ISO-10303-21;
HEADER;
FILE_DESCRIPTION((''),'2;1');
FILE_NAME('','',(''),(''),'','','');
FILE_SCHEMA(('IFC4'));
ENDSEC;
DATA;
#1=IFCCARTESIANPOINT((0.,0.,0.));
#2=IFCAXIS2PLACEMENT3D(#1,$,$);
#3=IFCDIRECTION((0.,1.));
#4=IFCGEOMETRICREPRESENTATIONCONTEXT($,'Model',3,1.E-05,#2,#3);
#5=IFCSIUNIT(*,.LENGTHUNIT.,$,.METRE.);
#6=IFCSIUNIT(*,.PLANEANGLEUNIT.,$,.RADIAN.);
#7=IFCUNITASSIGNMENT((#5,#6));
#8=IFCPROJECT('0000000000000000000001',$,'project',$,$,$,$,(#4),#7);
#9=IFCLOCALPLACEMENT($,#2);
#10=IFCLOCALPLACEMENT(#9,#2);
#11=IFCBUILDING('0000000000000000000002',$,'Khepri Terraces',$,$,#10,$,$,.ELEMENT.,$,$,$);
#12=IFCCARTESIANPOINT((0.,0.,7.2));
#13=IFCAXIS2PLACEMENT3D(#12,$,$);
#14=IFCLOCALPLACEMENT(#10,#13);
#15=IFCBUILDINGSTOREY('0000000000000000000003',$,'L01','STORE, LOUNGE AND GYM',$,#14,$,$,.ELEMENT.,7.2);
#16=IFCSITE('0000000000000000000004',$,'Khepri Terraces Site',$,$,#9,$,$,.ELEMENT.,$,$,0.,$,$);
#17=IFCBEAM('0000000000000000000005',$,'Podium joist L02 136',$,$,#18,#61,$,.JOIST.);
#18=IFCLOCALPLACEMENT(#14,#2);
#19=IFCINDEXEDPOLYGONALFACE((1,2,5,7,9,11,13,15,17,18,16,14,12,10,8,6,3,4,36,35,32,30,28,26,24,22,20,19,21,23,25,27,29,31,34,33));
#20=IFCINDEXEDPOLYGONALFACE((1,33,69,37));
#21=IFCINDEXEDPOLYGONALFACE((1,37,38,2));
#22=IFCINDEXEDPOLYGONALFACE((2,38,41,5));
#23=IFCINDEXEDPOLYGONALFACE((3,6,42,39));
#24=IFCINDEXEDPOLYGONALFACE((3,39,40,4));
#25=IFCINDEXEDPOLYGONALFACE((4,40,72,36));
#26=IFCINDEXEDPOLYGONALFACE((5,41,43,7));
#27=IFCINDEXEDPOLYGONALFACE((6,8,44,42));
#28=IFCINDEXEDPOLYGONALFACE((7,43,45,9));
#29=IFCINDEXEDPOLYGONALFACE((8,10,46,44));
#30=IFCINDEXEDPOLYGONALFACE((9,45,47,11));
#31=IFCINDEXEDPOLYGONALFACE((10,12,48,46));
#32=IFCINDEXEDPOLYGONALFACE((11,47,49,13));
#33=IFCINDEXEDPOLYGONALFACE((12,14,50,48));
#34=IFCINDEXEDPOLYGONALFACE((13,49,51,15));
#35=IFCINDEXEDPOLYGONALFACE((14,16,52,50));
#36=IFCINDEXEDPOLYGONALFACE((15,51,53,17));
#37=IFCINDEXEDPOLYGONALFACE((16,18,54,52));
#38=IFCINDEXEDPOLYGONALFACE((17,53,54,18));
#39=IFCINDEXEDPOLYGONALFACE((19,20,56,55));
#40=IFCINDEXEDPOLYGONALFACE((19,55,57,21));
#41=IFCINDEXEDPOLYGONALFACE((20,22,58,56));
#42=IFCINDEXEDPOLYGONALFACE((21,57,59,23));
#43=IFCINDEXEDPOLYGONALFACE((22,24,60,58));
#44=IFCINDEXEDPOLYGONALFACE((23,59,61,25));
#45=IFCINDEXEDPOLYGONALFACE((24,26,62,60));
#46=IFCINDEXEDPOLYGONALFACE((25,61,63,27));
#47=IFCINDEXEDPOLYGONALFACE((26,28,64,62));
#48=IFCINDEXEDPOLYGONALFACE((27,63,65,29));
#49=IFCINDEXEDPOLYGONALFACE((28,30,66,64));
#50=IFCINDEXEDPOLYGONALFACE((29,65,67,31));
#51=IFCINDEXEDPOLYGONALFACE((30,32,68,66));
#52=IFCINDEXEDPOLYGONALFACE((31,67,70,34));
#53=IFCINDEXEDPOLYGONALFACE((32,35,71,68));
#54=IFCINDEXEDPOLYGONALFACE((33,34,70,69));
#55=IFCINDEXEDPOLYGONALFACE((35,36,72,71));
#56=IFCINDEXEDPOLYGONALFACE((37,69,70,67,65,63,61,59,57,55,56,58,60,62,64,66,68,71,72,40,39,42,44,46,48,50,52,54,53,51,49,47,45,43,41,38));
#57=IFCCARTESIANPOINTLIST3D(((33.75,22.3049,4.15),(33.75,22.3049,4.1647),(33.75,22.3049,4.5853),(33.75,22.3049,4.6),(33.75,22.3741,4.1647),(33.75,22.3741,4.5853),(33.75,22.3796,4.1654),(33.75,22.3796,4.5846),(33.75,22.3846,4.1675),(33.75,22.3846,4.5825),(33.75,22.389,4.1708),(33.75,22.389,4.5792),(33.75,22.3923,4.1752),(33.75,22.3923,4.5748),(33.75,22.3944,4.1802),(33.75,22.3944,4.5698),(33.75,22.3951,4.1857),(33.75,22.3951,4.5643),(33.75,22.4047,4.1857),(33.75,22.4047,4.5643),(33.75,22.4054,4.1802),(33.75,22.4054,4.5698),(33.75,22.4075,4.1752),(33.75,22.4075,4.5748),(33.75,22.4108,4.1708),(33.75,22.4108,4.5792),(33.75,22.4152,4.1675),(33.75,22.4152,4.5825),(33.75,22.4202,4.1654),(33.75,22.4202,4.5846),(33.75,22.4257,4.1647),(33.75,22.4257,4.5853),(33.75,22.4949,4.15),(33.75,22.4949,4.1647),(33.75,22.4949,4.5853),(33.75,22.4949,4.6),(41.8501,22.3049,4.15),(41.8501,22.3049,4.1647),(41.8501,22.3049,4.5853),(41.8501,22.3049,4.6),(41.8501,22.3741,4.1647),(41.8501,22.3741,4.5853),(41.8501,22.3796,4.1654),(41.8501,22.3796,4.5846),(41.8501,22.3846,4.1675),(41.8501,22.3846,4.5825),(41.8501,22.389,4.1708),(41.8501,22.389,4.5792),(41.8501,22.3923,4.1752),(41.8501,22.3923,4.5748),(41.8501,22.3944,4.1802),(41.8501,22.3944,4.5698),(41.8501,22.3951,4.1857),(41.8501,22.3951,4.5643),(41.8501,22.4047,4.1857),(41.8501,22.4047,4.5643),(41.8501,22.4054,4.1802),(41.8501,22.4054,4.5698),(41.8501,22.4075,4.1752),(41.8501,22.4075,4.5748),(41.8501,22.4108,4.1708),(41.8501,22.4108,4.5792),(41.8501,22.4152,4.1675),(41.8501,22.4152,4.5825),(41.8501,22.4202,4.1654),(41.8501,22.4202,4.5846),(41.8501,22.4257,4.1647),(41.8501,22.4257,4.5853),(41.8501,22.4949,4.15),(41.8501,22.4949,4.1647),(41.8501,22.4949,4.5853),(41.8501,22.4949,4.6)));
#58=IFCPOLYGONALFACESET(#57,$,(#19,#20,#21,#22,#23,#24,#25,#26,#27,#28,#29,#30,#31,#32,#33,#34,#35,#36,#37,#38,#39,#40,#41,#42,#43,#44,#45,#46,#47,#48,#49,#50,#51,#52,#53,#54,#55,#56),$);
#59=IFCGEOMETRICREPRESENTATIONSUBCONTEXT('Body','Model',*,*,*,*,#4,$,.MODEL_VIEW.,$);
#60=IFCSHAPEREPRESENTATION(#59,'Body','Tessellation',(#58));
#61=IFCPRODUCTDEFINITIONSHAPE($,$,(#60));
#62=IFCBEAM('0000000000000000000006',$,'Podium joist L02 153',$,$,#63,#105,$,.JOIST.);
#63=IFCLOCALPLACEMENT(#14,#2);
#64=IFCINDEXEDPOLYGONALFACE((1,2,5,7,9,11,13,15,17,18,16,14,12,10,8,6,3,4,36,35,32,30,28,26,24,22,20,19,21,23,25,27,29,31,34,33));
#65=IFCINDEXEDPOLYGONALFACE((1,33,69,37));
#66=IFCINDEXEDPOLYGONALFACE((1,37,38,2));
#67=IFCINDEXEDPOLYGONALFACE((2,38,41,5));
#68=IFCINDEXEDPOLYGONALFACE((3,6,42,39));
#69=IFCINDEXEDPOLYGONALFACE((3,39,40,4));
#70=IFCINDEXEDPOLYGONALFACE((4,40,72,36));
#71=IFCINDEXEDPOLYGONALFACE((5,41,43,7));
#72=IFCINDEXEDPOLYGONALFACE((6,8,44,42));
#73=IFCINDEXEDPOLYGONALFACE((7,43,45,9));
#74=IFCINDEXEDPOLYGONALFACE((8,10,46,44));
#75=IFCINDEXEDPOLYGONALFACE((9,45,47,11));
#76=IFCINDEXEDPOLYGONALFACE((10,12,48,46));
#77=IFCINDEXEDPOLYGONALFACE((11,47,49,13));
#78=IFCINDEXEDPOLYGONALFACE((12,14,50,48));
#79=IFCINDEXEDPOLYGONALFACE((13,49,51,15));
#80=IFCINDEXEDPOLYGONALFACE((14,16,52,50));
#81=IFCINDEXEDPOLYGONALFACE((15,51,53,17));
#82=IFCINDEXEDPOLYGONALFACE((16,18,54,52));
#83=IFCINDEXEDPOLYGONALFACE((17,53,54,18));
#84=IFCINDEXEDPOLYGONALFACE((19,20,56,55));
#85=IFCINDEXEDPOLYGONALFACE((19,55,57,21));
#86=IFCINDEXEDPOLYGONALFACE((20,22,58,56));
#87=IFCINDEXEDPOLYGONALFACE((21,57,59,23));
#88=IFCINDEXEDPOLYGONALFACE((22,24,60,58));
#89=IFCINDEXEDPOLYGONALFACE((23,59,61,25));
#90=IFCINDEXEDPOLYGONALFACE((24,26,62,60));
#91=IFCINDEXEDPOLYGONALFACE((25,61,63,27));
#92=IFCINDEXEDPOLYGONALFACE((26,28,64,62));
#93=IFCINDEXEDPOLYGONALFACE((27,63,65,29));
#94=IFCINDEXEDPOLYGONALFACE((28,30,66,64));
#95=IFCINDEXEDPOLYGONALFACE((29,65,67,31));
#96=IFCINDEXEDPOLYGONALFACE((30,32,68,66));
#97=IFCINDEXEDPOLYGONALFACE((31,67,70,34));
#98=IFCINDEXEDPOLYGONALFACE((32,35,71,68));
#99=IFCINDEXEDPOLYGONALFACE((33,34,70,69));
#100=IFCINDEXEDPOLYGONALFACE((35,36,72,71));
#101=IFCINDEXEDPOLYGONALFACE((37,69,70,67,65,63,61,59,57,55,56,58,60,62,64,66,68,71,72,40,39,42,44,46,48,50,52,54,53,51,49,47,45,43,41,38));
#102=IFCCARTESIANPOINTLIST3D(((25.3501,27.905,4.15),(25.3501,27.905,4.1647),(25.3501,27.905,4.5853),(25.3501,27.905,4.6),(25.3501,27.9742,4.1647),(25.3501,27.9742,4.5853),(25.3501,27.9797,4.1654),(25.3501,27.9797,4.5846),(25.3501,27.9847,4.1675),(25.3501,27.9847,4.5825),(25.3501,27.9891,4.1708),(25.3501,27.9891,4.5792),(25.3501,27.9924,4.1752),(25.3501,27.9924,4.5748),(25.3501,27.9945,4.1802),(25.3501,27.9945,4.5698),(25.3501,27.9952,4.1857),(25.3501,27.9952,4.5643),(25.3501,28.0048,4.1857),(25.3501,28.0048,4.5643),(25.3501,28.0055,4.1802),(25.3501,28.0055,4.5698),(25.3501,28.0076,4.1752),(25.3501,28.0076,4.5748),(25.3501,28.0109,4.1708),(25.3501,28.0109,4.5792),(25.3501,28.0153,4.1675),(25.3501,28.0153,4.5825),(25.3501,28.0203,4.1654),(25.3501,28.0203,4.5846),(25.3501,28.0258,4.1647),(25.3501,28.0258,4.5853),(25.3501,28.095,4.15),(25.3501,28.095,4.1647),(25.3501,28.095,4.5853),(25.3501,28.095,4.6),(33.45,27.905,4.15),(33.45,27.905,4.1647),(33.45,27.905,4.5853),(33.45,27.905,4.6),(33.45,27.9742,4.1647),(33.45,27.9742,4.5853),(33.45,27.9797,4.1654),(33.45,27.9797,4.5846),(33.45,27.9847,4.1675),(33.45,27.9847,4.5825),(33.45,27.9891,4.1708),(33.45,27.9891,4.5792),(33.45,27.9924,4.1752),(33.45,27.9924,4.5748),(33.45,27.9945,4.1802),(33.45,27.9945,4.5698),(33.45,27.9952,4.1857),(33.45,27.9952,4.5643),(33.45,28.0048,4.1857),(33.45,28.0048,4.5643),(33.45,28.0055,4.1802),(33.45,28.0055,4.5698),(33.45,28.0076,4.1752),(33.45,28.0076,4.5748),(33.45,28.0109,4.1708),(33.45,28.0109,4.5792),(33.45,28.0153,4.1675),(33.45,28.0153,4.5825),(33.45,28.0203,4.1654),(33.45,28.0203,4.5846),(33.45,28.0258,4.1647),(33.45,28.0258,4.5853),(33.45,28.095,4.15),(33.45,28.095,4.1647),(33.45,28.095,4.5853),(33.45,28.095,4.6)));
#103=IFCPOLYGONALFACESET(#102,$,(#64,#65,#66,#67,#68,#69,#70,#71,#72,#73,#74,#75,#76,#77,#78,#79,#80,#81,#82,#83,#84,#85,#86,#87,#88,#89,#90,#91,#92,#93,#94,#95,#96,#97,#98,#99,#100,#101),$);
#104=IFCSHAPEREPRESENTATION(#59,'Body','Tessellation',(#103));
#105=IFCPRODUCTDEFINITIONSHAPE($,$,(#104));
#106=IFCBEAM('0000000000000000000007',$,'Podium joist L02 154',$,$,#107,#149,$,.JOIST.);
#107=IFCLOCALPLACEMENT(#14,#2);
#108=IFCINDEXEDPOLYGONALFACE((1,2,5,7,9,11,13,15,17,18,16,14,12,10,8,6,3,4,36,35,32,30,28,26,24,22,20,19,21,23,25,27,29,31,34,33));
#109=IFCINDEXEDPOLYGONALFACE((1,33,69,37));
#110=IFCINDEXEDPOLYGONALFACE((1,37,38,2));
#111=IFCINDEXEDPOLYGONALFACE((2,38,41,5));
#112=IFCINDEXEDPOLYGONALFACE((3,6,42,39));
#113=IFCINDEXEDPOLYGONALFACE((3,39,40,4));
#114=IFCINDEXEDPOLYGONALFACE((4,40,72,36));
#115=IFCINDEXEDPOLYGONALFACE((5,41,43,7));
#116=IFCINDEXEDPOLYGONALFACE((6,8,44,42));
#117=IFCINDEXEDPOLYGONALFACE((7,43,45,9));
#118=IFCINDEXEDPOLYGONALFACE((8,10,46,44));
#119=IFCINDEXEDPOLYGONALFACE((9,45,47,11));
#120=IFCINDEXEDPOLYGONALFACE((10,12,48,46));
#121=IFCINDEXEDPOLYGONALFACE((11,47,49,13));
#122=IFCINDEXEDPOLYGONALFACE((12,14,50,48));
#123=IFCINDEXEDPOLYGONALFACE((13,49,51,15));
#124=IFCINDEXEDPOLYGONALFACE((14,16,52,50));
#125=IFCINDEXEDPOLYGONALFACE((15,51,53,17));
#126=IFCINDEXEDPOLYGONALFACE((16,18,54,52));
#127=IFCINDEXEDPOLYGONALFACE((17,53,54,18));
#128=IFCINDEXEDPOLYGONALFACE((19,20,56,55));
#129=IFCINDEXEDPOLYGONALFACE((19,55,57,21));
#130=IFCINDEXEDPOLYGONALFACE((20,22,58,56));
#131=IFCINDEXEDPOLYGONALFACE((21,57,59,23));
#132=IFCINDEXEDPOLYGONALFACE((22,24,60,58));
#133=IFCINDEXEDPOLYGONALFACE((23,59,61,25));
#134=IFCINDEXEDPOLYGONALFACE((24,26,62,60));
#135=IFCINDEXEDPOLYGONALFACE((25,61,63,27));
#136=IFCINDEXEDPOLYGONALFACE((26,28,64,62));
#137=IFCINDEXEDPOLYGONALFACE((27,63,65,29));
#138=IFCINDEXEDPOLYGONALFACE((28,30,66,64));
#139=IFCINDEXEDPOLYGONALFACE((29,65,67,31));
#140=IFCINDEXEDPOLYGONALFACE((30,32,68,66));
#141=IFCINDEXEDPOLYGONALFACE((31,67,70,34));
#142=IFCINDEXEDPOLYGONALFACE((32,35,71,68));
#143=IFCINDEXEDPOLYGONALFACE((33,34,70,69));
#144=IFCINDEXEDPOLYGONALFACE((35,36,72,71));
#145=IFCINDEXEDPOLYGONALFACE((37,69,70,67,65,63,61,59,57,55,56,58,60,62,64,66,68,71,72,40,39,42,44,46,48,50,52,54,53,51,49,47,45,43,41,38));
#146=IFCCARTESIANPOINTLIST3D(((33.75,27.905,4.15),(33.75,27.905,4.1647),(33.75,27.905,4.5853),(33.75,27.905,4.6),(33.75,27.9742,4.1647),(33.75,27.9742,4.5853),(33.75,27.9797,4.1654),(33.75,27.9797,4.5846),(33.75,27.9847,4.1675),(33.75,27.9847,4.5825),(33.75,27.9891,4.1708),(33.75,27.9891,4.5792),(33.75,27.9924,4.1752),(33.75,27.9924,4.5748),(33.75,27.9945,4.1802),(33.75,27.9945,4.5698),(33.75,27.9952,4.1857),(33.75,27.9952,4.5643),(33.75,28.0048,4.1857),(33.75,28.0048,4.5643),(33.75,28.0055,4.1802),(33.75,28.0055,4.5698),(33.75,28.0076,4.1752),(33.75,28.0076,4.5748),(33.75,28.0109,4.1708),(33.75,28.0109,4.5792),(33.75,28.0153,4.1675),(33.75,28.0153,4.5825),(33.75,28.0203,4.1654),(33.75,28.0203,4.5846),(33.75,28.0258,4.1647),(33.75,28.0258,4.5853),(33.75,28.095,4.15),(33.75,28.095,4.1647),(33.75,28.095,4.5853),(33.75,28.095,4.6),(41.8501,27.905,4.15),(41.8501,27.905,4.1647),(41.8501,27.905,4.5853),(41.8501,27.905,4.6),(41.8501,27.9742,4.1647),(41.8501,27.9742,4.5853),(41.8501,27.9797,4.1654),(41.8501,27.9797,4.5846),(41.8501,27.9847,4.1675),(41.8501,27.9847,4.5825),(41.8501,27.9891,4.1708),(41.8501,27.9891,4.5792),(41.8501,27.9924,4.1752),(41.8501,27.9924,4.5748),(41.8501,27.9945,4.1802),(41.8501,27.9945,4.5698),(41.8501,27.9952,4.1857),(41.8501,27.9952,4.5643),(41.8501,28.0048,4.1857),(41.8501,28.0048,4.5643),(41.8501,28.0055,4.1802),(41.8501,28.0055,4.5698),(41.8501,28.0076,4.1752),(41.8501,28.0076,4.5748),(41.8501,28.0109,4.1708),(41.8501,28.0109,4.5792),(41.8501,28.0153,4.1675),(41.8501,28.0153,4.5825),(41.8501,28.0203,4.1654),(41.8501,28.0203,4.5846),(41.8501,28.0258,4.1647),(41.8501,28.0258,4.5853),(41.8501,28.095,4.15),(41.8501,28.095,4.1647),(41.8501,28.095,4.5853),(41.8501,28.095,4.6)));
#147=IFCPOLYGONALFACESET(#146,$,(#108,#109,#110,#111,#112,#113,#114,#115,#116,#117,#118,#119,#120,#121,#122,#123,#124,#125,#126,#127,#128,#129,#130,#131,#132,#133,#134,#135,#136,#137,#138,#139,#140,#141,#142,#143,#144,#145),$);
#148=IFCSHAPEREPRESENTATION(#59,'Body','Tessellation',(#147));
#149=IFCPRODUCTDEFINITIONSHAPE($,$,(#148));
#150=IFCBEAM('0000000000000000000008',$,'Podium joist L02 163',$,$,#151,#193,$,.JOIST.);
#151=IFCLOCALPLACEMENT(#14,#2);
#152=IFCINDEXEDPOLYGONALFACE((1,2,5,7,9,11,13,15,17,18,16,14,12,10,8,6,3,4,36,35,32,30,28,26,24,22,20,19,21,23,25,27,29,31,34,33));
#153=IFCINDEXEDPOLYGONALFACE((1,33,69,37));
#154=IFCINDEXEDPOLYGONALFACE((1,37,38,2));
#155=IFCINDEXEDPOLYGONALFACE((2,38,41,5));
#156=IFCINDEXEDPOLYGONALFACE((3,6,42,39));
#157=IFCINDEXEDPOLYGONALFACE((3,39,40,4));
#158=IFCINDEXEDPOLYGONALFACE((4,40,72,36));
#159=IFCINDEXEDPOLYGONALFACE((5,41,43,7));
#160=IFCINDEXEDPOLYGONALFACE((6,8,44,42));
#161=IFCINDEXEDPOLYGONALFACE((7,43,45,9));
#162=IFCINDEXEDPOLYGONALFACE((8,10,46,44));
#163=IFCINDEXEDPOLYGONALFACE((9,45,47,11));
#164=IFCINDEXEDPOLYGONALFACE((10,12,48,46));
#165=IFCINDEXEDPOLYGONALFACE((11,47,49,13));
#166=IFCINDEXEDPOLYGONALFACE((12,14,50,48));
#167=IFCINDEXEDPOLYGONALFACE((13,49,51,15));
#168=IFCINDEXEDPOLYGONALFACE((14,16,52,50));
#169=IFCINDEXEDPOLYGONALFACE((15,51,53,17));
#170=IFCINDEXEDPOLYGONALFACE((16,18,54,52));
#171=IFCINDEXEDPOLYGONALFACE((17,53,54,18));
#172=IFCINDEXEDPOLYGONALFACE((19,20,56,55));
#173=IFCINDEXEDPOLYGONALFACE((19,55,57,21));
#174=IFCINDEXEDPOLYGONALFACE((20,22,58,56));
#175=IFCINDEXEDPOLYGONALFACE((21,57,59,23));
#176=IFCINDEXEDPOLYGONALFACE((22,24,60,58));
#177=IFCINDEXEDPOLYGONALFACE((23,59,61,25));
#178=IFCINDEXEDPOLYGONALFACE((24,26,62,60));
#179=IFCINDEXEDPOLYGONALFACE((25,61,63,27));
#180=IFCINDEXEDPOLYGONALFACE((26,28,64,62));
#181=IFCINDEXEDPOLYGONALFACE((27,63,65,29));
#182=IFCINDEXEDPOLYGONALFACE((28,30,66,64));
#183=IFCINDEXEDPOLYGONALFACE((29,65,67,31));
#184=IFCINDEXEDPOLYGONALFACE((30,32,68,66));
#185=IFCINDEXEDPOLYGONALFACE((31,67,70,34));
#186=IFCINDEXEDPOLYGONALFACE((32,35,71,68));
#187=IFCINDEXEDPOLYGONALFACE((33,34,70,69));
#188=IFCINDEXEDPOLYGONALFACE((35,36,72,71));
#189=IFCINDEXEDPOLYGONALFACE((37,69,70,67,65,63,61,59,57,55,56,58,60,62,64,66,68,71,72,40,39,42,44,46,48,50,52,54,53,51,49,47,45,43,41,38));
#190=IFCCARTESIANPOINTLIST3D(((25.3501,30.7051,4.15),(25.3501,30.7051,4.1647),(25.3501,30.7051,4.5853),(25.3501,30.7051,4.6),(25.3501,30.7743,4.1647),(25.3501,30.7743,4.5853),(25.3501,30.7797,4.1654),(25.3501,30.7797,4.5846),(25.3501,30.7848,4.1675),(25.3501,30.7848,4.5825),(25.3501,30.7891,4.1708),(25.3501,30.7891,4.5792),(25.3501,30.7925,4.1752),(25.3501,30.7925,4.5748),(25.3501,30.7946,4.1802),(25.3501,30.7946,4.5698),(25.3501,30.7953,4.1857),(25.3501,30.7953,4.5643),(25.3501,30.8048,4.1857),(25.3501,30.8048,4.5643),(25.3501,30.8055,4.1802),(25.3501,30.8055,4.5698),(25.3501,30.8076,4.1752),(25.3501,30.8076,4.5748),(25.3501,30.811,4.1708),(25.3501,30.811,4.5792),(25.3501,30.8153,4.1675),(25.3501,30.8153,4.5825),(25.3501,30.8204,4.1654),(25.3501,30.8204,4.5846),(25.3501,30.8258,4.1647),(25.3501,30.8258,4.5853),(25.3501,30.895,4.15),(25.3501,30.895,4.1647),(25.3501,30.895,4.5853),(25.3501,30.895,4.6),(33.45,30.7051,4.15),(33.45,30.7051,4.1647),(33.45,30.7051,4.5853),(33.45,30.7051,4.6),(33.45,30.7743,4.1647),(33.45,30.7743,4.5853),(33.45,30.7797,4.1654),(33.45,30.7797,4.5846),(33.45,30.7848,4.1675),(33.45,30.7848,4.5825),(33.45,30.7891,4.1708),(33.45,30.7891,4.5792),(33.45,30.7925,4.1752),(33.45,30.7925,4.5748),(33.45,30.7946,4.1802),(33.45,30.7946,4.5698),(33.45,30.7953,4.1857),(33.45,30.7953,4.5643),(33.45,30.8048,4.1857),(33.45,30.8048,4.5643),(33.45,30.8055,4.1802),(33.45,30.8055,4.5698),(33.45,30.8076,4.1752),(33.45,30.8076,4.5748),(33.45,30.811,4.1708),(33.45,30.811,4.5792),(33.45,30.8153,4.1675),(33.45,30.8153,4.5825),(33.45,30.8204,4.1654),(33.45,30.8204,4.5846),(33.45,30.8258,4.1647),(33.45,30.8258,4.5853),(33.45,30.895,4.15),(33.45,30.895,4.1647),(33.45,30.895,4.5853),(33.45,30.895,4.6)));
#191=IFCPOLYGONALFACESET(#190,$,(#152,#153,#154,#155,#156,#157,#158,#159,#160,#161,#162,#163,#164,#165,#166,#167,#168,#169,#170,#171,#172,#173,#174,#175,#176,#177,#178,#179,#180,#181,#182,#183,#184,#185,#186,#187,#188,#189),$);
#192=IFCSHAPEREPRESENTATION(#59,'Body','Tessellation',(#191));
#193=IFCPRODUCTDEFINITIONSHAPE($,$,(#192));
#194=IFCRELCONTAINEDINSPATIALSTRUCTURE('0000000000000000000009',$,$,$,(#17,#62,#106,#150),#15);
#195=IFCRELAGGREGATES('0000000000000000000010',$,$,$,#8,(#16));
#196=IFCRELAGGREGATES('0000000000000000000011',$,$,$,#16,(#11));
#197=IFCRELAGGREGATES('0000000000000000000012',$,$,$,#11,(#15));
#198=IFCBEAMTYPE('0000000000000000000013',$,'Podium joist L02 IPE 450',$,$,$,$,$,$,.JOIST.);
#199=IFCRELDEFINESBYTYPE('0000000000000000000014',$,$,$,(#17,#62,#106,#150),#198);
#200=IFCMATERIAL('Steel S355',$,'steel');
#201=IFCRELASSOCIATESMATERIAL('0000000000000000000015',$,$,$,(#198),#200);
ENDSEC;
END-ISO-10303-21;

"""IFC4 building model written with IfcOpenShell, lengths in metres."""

from ifc_helpers import new_model, si_unit, direction, frame, origin, origin_2d, place, context, subcontext, project, spatial, i_section, extrude, material, material_profile, profile_set, type_object, element, save


model = new_model("IFC4")

# Units and contexts
model_context = context("Model", 3, precision=1e-05, world=origin(), true_north=direction((0.0, 1.0)))
body_context = subcontext(model_context, "Body", "Model", "MODEL_VIEW")
ifc_project = project(units=[si_unit("LENGTHUNIT", "METRE"), si_unit("PLANEANGLEUNIT", "RADIAN")], contexts=[model_context])

# Site, building, storey
site_placement = place(None, origin())
site = spatial("IfcSite", under=ifc_project, at=site_placement, Name="Khepri Terraces Site", CompositionType="ELEMENT", RefElevation=0.0)
building_placement = place(site_placement, origin())
building = spatial("IfcBuilding", under=site, at=building_placement, Name="Khepri Terraces", CompositionType="ELEMENT")
storey_placement = place(building_placement, frame((0.0, 0.0, 7.2)))
storey = spatial("IfcBuildingStorey", under=building, at=storey_placement, Name="L01", Description="STORE, LOUNGE AND GYM", CompositionType="ELEMENT", Elevation=7.2)

# Beams
ifc_material_1 = material(Name="Steel S355", Category="steel")
ifc_material_profile_1 = material_profile(ifc_material_1, i_section(OverallWidth=0.1899, OverallDepth=0.45, WebThickness=0.0095, FlangeThickness=0.0146, FilletRadius=0.021, at=origin_2d()), Name="Steel S355", Category="steel")
ifc_profile_set_1 = profile_set([ifc_material_profile_1], Name="Steel S355")
beam_type_1 = type_object("IfcBeamType", Name="Podium joist L02 IPE 450", PredefinedType="JOIST", material=ifc_profile_set_1)
beam_1_placement = place(storey_placement, frame((33.75, 22.3999, 4.375), z_axis=(1.0, 0.0, 0.0), x_axis=(0.0, 1.0, 0.0)))
element("IfcBeam", 1, at=beam_1_placement, inside=storey, type_object=beam_type_1, Name="Podium joist L02 136", PredefinedType="JOIST", context=body_context, shape_type="SweptSolid", body=[
    extrude(i_section(OverallWidth=0.1899, OverallDepth=0.45, WebThickness=0.0095, FlangeThickness=0.0146, FilletRadius=0.021, at=origin_2d()), origin(), (0.0, 0.0, 1.0), 8.1001),
])
beam_2_placement = place(storey_placement, frame((25.3501, 28.0, 4.375), z_axis=(1.0, 0.0, 0.0), x_axis=(0.0, 1.0, 0.0)))
element("IfcBeam", 2, at=beam_2_placement, inside=storey, type_object=beam_type_1, Name="Podium joist L02 153", PredefinedType="JOIST", context=body_context, shape_type="SweptSolid", body=[
    extrude(i_section(OverallWidth=0.1899, OverallDepth=0.45, WebThickness=0.0095, FlangeThickness=0.0146, FilletRadius=0.021, at=origin_2d()), origin(), (0.0, 0.0, 1.0), 8.0999),
])
beam_3_placement = place(storey_placement, frame((33.75, 28.0, 4.375), z_axis=(1.0, 0.0, 0.0), x_axis=(0.0, 1.0, 0.0)))
element("IfcBeam", 3, at=beam_3_placement, inside=storey, type_object=beam_type_1, Name="Podium joist L02 154", PredefinedType="JOIST", context=body_context, shape_type="SweptSolid", body=[
    extrude(i_section(OverallWidth=0.1899, OverallDepth=0.45, WebThickness=0.0095, FlangeThickness=0.0146, FilletRadius=0.021, at=origin_2d()), origin(), (0.0, 0.0, 1.0), 8.1001),
])
beam_4_placement = place(storey_placement, frame((25.3501, 30.8, 4.375), z_axis=(1.0, 0.0, 0.0), x_axis=(0.0, 1.0, 0.0)))
element("IfcBeam", 4, at=beam_4_placement, inside=storey, type_object=beam_type_1, Name="Podium joist L02 163", PredefinedType="JOIST", context=body_context, shape_type="SweptSolid", body=[
    extrude(i_section(OverallWidth=0.1899, OverallDepth=0.45, WebThickness=0.0095, FlangeThickness=0.0146, FilletRadius=0.021, at=origin_2d()), origin(), (0.0, 0.0, 1.0), 8.0999),
])

save(model, "model.ifc")
